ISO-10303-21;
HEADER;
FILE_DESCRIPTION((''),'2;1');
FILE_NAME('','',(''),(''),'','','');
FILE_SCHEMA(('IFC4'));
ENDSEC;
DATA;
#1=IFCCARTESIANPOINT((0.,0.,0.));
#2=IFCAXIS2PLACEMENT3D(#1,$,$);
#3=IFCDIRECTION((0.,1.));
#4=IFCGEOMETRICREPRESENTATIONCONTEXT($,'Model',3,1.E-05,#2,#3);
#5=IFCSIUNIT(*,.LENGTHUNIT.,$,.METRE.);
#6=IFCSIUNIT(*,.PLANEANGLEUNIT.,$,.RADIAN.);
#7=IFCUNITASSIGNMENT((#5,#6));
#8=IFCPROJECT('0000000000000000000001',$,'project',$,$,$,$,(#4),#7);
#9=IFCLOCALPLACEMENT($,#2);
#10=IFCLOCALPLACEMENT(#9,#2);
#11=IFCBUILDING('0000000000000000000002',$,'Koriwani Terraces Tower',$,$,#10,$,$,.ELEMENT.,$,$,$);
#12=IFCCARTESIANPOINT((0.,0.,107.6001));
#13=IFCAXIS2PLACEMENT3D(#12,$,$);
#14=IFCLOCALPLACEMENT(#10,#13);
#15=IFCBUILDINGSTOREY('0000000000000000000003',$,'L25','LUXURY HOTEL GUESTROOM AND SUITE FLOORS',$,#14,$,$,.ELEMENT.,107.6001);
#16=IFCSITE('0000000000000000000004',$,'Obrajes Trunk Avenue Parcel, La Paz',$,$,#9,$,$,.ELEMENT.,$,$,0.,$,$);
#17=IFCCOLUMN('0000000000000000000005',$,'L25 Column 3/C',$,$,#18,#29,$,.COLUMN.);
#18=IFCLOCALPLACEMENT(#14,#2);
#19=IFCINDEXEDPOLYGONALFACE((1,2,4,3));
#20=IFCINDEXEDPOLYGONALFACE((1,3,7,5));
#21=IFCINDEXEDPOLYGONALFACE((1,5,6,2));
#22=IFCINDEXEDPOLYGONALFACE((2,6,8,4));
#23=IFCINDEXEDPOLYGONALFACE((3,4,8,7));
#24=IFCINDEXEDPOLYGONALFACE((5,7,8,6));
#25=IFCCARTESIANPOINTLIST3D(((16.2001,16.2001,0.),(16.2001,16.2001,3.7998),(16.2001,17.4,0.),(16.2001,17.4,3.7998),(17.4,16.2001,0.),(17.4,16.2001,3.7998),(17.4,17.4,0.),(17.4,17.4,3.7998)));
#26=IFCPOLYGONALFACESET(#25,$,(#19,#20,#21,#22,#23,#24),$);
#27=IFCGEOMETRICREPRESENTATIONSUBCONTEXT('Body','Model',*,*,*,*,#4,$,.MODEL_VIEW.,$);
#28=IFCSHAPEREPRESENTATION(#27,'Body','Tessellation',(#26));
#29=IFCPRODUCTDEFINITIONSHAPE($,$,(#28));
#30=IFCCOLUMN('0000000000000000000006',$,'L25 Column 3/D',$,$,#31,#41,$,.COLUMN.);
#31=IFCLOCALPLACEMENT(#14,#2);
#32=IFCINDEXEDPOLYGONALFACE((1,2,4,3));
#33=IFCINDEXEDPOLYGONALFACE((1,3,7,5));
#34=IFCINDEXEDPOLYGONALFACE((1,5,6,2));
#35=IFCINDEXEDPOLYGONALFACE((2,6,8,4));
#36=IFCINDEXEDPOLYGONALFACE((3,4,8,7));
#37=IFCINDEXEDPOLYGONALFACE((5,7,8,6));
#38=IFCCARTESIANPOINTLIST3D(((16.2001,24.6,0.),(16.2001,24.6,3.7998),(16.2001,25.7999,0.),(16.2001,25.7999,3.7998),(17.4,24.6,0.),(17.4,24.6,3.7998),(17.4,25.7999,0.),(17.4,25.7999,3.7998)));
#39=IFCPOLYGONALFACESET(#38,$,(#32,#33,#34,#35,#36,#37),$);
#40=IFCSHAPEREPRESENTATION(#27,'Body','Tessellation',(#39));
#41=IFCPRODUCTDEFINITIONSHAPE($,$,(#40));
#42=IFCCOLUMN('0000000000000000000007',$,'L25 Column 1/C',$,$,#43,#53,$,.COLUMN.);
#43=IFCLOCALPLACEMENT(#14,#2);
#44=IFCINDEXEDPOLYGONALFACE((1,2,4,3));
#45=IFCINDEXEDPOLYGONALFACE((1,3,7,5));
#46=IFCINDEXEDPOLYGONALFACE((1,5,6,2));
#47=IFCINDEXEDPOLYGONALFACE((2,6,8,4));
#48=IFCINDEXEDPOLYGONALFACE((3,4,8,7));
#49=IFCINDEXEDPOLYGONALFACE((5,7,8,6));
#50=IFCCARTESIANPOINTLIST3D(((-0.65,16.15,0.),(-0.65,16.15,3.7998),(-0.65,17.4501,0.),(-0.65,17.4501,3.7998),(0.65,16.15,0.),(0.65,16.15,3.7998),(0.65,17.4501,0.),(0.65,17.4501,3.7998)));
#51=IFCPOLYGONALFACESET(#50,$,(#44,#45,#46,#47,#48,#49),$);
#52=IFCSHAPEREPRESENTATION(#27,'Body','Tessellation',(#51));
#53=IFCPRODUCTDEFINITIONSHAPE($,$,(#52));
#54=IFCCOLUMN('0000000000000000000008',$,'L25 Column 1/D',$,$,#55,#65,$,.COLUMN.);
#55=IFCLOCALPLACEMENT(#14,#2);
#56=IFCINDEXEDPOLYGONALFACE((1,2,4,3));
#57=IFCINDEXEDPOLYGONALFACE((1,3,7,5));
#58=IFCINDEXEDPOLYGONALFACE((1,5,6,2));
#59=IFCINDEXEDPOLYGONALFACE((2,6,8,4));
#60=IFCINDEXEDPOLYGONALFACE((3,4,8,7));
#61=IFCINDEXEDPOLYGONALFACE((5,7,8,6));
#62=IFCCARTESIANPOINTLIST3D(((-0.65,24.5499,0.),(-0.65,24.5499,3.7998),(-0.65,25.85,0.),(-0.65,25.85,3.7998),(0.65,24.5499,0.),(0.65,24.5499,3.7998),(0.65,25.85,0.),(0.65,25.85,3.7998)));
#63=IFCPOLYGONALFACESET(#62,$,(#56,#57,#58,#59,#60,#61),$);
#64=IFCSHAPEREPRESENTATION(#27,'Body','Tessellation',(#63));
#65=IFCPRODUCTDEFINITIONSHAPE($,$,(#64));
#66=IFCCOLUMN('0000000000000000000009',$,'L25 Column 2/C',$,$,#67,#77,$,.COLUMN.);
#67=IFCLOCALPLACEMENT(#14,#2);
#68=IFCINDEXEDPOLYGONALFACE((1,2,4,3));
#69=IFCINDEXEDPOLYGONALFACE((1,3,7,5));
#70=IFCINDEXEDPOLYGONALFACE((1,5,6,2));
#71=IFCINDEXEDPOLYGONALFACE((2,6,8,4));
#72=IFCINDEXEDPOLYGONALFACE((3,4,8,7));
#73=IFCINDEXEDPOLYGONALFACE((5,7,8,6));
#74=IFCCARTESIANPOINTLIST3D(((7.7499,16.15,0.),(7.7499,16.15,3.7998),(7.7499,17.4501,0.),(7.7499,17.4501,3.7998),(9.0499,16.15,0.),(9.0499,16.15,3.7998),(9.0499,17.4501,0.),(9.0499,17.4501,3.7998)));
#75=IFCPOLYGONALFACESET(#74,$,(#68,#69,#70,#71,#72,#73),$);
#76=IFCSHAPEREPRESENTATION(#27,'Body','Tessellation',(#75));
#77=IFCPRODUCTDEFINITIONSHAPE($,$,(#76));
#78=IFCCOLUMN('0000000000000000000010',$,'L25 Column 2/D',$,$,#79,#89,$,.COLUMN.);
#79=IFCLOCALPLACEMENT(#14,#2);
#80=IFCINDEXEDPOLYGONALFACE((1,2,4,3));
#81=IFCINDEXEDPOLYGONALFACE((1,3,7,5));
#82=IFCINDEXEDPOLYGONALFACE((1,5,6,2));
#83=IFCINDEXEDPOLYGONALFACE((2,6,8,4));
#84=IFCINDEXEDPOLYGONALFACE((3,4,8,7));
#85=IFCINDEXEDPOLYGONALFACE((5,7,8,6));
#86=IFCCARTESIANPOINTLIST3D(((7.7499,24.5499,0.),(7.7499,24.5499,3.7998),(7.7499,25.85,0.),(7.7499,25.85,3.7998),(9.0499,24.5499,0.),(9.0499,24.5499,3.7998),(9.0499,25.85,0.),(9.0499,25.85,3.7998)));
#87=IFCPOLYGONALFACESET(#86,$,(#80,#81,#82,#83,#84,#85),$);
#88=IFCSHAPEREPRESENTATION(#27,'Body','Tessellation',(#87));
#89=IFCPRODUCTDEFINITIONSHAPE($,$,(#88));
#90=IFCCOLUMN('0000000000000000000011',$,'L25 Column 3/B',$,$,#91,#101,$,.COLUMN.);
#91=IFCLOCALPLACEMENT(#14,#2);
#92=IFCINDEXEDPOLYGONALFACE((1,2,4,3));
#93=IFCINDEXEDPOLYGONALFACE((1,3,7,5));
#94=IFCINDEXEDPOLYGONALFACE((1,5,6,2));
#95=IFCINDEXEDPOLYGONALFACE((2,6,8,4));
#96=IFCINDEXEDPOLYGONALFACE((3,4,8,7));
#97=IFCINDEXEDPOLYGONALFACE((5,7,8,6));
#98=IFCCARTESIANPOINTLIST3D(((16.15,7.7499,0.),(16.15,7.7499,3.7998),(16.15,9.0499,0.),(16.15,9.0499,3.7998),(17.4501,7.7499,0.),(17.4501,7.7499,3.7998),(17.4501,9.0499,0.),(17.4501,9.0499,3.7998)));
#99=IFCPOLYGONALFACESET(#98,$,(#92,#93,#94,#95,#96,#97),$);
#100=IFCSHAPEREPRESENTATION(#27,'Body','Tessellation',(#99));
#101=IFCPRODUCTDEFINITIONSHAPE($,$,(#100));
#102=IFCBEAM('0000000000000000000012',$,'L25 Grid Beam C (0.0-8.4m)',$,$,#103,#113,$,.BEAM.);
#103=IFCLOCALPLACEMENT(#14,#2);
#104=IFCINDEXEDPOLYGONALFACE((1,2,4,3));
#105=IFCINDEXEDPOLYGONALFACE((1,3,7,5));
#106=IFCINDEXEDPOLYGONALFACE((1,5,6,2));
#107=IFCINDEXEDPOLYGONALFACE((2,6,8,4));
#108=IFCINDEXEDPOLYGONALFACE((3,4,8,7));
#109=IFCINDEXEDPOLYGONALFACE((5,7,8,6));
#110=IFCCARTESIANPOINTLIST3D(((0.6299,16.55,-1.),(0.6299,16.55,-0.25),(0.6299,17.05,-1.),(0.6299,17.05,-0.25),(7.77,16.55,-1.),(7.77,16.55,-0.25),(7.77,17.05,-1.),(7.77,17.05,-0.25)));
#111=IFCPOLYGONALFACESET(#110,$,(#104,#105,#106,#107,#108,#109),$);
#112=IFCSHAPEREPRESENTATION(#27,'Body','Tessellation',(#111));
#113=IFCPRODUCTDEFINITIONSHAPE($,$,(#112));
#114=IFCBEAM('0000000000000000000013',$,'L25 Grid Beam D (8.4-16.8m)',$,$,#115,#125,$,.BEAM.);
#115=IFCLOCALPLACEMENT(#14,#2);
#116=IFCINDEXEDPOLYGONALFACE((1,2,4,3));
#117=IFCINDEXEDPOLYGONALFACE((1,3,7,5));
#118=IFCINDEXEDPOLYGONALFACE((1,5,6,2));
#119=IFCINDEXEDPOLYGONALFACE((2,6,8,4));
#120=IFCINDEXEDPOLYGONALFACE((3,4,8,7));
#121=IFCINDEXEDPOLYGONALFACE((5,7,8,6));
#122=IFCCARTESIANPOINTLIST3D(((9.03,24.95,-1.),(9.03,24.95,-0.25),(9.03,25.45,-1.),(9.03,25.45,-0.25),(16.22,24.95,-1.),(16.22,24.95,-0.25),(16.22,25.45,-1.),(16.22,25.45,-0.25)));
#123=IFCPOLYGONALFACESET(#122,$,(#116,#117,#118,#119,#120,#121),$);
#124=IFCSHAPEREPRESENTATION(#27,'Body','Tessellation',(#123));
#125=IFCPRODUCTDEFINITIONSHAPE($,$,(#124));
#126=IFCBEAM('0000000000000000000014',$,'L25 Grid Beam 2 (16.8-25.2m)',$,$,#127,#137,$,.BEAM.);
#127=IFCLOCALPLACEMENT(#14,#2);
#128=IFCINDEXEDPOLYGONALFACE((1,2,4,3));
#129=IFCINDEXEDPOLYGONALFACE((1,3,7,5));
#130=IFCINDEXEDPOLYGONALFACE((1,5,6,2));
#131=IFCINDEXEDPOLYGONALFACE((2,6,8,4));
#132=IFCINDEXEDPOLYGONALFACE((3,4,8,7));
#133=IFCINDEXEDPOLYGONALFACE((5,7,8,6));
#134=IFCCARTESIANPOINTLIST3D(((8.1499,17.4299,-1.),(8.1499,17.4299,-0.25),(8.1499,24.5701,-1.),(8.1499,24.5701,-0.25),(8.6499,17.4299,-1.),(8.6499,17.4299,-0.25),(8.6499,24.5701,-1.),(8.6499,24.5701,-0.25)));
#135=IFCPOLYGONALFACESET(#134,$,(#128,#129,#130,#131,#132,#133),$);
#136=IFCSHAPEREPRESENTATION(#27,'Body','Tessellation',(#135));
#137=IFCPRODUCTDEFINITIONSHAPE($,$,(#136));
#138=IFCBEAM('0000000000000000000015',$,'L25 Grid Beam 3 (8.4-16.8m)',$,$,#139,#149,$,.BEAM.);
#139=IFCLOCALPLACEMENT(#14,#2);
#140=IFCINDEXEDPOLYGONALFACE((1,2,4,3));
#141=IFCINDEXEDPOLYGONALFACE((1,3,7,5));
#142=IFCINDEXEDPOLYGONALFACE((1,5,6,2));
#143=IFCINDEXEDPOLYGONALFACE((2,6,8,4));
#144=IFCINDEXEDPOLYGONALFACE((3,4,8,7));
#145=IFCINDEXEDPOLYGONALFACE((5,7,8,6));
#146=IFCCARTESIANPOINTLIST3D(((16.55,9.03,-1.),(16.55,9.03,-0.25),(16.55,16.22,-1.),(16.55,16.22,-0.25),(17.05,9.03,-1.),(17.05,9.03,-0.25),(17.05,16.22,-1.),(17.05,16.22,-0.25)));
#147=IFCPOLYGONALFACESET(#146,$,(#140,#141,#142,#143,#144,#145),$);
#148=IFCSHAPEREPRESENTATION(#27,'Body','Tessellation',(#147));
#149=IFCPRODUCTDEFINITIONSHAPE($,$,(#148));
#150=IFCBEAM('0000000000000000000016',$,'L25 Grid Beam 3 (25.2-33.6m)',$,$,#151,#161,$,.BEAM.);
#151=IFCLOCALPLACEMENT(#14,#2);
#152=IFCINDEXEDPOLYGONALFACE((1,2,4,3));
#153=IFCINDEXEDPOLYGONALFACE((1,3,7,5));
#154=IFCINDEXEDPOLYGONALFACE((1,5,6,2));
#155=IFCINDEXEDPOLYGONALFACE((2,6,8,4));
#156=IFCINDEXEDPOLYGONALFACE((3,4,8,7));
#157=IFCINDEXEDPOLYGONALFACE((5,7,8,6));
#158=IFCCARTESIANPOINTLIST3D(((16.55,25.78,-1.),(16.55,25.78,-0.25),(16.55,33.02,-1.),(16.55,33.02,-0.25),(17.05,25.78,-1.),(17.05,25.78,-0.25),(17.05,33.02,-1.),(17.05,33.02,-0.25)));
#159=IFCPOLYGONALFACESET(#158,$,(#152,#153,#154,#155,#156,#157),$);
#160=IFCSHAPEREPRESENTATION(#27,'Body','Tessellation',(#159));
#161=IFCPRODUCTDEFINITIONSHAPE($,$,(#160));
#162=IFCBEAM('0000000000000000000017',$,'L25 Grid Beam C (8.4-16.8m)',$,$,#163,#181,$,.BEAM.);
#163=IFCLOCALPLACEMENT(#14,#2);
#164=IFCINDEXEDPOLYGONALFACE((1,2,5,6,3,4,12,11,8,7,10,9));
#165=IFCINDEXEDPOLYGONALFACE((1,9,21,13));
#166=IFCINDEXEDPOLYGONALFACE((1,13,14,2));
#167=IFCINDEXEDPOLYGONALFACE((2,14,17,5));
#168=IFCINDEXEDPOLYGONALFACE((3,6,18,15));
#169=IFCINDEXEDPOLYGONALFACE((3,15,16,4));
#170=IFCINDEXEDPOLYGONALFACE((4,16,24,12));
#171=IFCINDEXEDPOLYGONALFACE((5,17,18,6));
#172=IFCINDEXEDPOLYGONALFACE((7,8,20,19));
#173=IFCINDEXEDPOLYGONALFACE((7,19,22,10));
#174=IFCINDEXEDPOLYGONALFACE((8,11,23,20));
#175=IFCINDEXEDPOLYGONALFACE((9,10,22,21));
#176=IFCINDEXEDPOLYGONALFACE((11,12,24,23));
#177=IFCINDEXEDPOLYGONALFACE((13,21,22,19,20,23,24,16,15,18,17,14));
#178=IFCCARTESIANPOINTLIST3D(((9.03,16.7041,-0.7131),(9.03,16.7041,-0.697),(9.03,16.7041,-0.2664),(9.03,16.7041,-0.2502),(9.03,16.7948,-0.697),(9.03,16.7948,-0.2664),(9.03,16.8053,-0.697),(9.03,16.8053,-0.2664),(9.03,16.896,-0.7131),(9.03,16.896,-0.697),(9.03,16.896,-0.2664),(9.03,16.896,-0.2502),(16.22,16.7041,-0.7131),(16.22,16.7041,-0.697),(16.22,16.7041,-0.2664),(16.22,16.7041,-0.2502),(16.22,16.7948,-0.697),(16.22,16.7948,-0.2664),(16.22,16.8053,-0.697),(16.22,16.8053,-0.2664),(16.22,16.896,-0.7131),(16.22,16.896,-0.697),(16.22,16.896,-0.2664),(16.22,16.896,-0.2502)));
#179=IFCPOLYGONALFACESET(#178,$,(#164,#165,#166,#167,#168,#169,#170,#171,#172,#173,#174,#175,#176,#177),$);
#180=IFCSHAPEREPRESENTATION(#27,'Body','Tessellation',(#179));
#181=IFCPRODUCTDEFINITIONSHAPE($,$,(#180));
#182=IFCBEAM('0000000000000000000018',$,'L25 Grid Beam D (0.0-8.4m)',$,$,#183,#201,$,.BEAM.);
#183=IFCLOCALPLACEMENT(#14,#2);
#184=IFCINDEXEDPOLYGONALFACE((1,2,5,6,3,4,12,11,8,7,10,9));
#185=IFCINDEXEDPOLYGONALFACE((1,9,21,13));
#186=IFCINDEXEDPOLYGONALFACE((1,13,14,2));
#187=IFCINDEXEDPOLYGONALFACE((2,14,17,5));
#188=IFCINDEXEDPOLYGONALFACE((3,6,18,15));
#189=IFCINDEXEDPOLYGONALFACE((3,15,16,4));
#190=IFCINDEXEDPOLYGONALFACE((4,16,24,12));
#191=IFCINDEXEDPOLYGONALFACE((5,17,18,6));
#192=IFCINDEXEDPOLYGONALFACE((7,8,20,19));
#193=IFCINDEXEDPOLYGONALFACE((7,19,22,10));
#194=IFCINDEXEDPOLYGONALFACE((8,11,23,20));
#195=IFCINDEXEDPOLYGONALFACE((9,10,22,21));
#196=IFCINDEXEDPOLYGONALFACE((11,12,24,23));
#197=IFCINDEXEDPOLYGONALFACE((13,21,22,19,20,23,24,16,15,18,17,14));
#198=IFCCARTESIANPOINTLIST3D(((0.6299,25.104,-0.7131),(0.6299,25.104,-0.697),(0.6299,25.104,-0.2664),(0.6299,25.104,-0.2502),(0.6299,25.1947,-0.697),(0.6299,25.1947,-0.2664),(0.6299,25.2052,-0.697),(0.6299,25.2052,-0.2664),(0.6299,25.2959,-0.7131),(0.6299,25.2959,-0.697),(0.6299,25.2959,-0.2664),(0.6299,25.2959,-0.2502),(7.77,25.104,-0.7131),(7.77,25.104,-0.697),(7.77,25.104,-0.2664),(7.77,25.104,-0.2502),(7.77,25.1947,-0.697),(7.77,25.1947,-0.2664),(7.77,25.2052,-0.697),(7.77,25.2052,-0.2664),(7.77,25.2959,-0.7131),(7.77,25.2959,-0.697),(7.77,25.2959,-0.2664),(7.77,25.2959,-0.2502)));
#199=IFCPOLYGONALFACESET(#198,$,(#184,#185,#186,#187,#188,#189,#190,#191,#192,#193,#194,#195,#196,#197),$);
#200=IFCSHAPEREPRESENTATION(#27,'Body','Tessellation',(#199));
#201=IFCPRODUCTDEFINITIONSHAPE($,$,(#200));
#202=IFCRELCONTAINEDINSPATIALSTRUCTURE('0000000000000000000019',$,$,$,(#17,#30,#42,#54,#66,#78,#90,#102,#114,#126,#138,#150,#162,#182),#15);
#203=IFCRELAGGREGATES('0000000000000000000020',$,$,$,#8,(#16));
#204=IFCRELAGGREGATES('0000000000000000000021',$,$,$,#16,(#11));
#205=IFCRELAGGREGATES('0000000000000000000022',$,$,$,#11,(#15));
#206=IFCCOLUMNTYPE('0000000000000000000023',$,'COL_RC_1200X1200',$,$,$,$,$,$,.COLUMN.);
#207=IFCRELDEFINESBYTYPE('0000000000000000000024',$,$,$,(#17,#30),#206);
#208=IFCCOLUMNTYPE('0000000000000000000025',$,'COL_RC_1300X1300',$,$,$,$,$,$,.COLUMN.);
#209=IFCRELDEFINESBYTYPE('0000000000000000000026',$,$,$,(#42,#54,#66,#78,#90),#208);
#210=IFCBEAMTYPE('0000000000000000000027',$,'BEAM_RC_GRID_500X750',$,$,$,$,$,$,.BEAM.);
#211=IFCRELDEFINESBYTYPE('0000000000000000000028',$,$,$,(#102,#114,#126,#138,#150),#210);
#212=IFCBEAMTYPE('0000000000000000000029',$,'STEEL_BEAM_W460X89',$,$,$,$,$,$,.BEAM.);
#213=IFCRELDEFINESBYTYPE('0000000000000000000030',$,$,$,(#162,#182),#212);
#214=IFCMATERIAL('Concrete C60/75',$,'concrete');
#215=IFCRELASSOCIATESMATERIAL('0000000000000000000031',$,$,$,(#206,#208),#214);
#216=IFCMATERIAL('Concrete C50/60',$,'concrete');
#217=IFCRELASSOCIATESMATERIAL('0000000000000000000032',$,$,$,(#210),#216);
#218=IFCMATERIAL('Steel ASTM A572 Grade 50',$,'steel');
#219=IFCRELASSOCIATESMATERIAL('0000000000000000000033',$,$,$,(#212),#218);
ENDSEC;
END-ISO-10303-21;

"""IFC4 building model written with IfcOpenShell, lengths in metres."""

from ifc_helpers import new_model, si_unit, direction, frame, origin, origin_2d, place, context, subcontext, project, spatial, rectangle, i_section, extrude, material, material_profile, profile_set, type_object, element, save


model = new_model("IFC4")

# Units and contexts
model_context = context("Model", 3, precision=1e-05, world=origin(), true_north=direction((0.0, 1.0)))
body_context = subcontext(model_context, "Body", "Model", "MODEL_VIEW")
ifc_project = project(units=[si_unit("LENGTHUNIT", "METRE"), si_unit("PLANEANGLEUNIT", "RADIAN")], contexts=[model_context])

# Site, building, storey
site_placement = place(None, origin())
site = spatial("IfcSite", under=ifc_project, at=site_placement, Name="Obrajes Trunk Avenue Parcel, La Paz", CompositionType="ELEMENT", RefElevation=0.0)
building_placement = place(site_placement, origin())
building = spatial("IfcBuilding", under=site, at=building_placement, Name="Koriwani Terraces Tower", CompositionType="ELEMENT")
storey_placement = place(building_placement, frame((0.0, 0.0, 107.6001)))
storey = spatial("IfcBuildingStorey", under=building, at=storey_placement, Name="L25", Description="LUXURY HOTEL GUESTROOM AND SUITE FLOORS", CompositionType="ELEMENT", Elevation=107.6001)

# Columns
ifc_material_1 = material(Name="Concrete C60/75", Category="concrete")
ifc_material_profile_1 = material_profile(ifc_material_1, rectangle(XDim=1.2, YDim=1.2, at=origin_2d()), Name="Concrete C60/75", Category="LoadBearing")
ifc_profile_set_1 = profile_set([ifc_material_profile_1], Name="Concrete C60/75")
column_type_1 = type_object("IfcColumnType", Name="COL_RC_1200X1200", PredefinedType="COLUMN", material=ifc_profile_set_1)
for number, where, z_axis, x_axis, name in (
    (1, (16.8, 16.8, 0.0), (0.0, 0.0, 1.0), (1.0, 0.0, 0.0), "L25 Column 3/C"),
    (2, (16.8, 25.2, 0.0), (0.0, 0.0, 1.0), (1.0, 0.0, 0.0), "L25 Column 3/D"),
):
    element("IfcColumn", number, at=place(storey_placement, frame(where, z_axis=z_axis, x_axis=x_axis)), inside=storey, type_object=column_type_1, Name=name, PredefinedType="COLUMN", context=body_context, shape_type="SweptSolid", body=[
        extrude(rectangle(XDim=1.2, YDim=1.2, at=origin_2d()), origin(), (0.0, 0.0, 1.0), 3.7998),
    ])
ifc_material_profile_2 = material_profile(ifc_material_1, rectangle(XDim=1.3, YDim=1.3, at=origin_2d()), Name="Concrete C60/75", Category="LoadBearing")
ifc_profile_set_2 = profile_set([ifc_material_profile_2], Name="Concrete C60/75")
column_type_2 = type_object("IfcColumnType", Name="COL_RC_1300X1300", PredefinedType="COLUMN", material=ifc_profile_set_2)
for number, where, z_axis, x_axis, name in (
    (3, (0.0, 16.8, 0.0), (0.0, 0.0, 1.0), (1.0, 0.0, 0.0), "L25 Column 1/C"),
    (4, (0.0, 25.2, 0.0), (0.0, 0.0, 1.0), (1.0, 0.0, 0.0), "L25 Column 1/D"),
    (5, (8.3999, 16.8, 0.0), (0.0, 0.0, 1.0), (1.0, 0.0, 0.0), "L25 Column 2/C"),
    (6, (8.3999, 25.2, 0.0), (0.0, 0.0, 1.0), (1.0, 0.0, 0.0), "L25 Column 2/D"),
    (7, (16.8, 8.3999, 0.0), (0.0, 0.0, 1.0), (1.0, 0.0, 0.0), "L25 Column 3/B"),
):
    element("IfcColumn", number, at=place(storey_placement, frame(where, z_axis=z_axis, x_axis=x_axis)), inside=storey, type_object=column_type_2, Name=name, PredefinedType="COLUMN", context=body_context, shape_type="SweptSolid", body=[
        extrude(rectangle(XDim=1.3, YDim=1.3, at=origin_2d()), origin(), (0.0, 0.0, 1.0), 3.7998),
    ])

# Beams
ifc_material_2 = material(Name="Concrete C50/60", Category="concrete")
ifc_material_profile_3 = material_profile(ifc_material_2, rectangle(XDim=0.5, YDim=0.75, at=origin_2d()), Name="Concrete C50/60", Category="LoadBearing")
ifc_profile_set_3 = profile_set([ifc_material_profile_3], Name="Concrete C50/60")
beam_type_1 = type_object("IfcBeamType", Name="BEAM_RC_GRID_500X750", PredefinedType="BEAM", material=ifc_profile_set_3)
beam_1_placement = place(storey_placement, frame((0.6299, 16.8, -0.625), z_axis=(1.0, 0.0, 0.0), x_axis=(0.0, 1.0, 0.0)))
element("IfcBeam", 8, at=beam_1_placement, inside=storey, type_object=beam_type_1, Name="L25 Grid Beam C (0.0-8.4m)", PredefinedType="BEAM", context=body_context, shape_type="SweptSolid", body=[
    extrude(rectangle(XDim=0.5, YDim=0.75, at=origin_2d()), origin(), (0.0, 0.0, 1.0), 7.1401),
])
beam_2_placement = place(storey_placement, frame((9.03, 25.2, -0.625), z_axis=(1.0, 0.0, 0.0), x_axis=(0.0, 1.0, 0.0)))
element("IfcBeam", 9, at=beam_2_placement, inside=storey, type_object=beam_type_1, Name="L25 Grid Beam D (8.4-16.8m)", PredefinedType="BEAM", context=body_context, shape_type="SweptSolid", body=[
    extrude(rectangle(XDim=0.5, YDim=0.75, at=origin_2d()), origin(), (0.0, 0.0, 1.0), 7.1899),
])
beam_3_placement = place(storey_placement, frame((8.3999, 17.4299, -0.625), z_axis=(0.0, 1.0, 0.0), x_axis=(-1.0, 0.0, 0.0)))
element("IfcBeam", 10, at=beam_3_placement, inside=storey, type_object=beam_type_1, Name="L25 Grid Beam 2 (16.8-25.2m)", PredefinedType="BEAM", context=body_context, shape_type="SweptSolid", body=[
    extrude(rectangle(XDim=0.5, YDim=0.75, at=origin_2d()), origin(), (0.0, 0.0, 1.0), 7.1401),
])
beam_4_placement = place(storey_placement, frame((16.8, 9.03, -0.625), z_axis=(0.0, 1.0, 0.0), x_axis=(-1.0, 0.0, 0.0)))
element("IfcBeam", 11, at=beam_4_placement, inside=storey, type_object=beam_type_1, Name="L25 Grid Beam 3 (8.4-16.8m)", PredefinedType="BEAM", context=body_context, shape_type="SweptSolid", body=[
    extrude(rectangle(XDim=0.5, YDim=0.75, at=origin_2d()), origin(), (0.0, 0.0, 1.0), 7.1899),
])
beam_5_placement = place(storey_placement, frame((16.8, 25.78, -0.625), z_axis=(0.0, 1.0, 0.0), x_axis=(-1.0, 0.0, 0.0)))
element("IfcBeam", 12, at=beam_5_placement, inside=storey, type_object=beam_type_1, Name="L25 Grid Beam 3 (25.2-33.6m)", PredefinedType="BEAM", context=body_context, shape_type="SweptSolid", body=[
    extrude(rectangle(XDim=0.5, YDim=0.75, at=origin_2d()), origin(), (0.0, 0.0, 1.0), 7.24),
])
ifc_material_3 = material(Name="Steel ASTM A572 Grade 50", Category="steel")
ifc_material_profile_4 = material_profile(ifc_material_3, i_section(OverallWidth=0.1919, OverallDepth=0.4629, WebThickness=0.0105, FlangeThickness=0.0161, at=origin_2d()), Name="Steel ASTM A572 Grade 50", Category="LoadBearing")
ifc_profile_set_4 = profile_set([ifc_material_profile_4], Name="Steel ASTM A572 Grade 50")
beam_type_2 = type_object("IfcBeamType", Name="STEEL_BEAM_W460X89", PredefinedType="BEAM", material=ifc_profile_set_4)
beam_6_placement = place(storey_placement, frame((9.03, 16.8, -0.4817), z_axis=(1.0, 0.0, 0.0), x_axis=(0.0, 1.0, 0.0)))
element("IfcBeam", 13, at=beam_6_placement, inside=storey, type_object=beam_type_2, Name="L25 Grid Beam C (8.4-16.8m)", PredefinedType="BEAM", context=body_context, shape_type="SweptSolid", body=[
    extrude(i_section(OverallWidth=0.1919, OverallDepth=0.4629, WebThickness=0.0105, FlangeThickness=0.0161, at=origin_2d()), origin(), (0.0, 0.0, 1.0), 7.1899),
])
beam_7_placement = place(storey_placement, frame((0.6299, 25.2, -0.4817), z_axis=(1.0, 0.0, 0.0), x_axis=(0.0, 1.0, 0.0)))
element("IfcBeam", 14, at=beam_7_placement, inside=storey, type_object=beam_type_2, Name="L25 Grid Beam D (0.0-8.4m)", PredefinedType="BEAM", context=body_context, shape_type="SweptSolid", body=[
    extrude(i_section(OverallWidth=0.1919, OverallDepth=0.4629, WebThickness=0.0105, FlangeThickness=0.0161, at=origin_2d()), origin(), (0.0, 0.0, 1.0), 7.1401),
])

save(model, "model.ifc")
